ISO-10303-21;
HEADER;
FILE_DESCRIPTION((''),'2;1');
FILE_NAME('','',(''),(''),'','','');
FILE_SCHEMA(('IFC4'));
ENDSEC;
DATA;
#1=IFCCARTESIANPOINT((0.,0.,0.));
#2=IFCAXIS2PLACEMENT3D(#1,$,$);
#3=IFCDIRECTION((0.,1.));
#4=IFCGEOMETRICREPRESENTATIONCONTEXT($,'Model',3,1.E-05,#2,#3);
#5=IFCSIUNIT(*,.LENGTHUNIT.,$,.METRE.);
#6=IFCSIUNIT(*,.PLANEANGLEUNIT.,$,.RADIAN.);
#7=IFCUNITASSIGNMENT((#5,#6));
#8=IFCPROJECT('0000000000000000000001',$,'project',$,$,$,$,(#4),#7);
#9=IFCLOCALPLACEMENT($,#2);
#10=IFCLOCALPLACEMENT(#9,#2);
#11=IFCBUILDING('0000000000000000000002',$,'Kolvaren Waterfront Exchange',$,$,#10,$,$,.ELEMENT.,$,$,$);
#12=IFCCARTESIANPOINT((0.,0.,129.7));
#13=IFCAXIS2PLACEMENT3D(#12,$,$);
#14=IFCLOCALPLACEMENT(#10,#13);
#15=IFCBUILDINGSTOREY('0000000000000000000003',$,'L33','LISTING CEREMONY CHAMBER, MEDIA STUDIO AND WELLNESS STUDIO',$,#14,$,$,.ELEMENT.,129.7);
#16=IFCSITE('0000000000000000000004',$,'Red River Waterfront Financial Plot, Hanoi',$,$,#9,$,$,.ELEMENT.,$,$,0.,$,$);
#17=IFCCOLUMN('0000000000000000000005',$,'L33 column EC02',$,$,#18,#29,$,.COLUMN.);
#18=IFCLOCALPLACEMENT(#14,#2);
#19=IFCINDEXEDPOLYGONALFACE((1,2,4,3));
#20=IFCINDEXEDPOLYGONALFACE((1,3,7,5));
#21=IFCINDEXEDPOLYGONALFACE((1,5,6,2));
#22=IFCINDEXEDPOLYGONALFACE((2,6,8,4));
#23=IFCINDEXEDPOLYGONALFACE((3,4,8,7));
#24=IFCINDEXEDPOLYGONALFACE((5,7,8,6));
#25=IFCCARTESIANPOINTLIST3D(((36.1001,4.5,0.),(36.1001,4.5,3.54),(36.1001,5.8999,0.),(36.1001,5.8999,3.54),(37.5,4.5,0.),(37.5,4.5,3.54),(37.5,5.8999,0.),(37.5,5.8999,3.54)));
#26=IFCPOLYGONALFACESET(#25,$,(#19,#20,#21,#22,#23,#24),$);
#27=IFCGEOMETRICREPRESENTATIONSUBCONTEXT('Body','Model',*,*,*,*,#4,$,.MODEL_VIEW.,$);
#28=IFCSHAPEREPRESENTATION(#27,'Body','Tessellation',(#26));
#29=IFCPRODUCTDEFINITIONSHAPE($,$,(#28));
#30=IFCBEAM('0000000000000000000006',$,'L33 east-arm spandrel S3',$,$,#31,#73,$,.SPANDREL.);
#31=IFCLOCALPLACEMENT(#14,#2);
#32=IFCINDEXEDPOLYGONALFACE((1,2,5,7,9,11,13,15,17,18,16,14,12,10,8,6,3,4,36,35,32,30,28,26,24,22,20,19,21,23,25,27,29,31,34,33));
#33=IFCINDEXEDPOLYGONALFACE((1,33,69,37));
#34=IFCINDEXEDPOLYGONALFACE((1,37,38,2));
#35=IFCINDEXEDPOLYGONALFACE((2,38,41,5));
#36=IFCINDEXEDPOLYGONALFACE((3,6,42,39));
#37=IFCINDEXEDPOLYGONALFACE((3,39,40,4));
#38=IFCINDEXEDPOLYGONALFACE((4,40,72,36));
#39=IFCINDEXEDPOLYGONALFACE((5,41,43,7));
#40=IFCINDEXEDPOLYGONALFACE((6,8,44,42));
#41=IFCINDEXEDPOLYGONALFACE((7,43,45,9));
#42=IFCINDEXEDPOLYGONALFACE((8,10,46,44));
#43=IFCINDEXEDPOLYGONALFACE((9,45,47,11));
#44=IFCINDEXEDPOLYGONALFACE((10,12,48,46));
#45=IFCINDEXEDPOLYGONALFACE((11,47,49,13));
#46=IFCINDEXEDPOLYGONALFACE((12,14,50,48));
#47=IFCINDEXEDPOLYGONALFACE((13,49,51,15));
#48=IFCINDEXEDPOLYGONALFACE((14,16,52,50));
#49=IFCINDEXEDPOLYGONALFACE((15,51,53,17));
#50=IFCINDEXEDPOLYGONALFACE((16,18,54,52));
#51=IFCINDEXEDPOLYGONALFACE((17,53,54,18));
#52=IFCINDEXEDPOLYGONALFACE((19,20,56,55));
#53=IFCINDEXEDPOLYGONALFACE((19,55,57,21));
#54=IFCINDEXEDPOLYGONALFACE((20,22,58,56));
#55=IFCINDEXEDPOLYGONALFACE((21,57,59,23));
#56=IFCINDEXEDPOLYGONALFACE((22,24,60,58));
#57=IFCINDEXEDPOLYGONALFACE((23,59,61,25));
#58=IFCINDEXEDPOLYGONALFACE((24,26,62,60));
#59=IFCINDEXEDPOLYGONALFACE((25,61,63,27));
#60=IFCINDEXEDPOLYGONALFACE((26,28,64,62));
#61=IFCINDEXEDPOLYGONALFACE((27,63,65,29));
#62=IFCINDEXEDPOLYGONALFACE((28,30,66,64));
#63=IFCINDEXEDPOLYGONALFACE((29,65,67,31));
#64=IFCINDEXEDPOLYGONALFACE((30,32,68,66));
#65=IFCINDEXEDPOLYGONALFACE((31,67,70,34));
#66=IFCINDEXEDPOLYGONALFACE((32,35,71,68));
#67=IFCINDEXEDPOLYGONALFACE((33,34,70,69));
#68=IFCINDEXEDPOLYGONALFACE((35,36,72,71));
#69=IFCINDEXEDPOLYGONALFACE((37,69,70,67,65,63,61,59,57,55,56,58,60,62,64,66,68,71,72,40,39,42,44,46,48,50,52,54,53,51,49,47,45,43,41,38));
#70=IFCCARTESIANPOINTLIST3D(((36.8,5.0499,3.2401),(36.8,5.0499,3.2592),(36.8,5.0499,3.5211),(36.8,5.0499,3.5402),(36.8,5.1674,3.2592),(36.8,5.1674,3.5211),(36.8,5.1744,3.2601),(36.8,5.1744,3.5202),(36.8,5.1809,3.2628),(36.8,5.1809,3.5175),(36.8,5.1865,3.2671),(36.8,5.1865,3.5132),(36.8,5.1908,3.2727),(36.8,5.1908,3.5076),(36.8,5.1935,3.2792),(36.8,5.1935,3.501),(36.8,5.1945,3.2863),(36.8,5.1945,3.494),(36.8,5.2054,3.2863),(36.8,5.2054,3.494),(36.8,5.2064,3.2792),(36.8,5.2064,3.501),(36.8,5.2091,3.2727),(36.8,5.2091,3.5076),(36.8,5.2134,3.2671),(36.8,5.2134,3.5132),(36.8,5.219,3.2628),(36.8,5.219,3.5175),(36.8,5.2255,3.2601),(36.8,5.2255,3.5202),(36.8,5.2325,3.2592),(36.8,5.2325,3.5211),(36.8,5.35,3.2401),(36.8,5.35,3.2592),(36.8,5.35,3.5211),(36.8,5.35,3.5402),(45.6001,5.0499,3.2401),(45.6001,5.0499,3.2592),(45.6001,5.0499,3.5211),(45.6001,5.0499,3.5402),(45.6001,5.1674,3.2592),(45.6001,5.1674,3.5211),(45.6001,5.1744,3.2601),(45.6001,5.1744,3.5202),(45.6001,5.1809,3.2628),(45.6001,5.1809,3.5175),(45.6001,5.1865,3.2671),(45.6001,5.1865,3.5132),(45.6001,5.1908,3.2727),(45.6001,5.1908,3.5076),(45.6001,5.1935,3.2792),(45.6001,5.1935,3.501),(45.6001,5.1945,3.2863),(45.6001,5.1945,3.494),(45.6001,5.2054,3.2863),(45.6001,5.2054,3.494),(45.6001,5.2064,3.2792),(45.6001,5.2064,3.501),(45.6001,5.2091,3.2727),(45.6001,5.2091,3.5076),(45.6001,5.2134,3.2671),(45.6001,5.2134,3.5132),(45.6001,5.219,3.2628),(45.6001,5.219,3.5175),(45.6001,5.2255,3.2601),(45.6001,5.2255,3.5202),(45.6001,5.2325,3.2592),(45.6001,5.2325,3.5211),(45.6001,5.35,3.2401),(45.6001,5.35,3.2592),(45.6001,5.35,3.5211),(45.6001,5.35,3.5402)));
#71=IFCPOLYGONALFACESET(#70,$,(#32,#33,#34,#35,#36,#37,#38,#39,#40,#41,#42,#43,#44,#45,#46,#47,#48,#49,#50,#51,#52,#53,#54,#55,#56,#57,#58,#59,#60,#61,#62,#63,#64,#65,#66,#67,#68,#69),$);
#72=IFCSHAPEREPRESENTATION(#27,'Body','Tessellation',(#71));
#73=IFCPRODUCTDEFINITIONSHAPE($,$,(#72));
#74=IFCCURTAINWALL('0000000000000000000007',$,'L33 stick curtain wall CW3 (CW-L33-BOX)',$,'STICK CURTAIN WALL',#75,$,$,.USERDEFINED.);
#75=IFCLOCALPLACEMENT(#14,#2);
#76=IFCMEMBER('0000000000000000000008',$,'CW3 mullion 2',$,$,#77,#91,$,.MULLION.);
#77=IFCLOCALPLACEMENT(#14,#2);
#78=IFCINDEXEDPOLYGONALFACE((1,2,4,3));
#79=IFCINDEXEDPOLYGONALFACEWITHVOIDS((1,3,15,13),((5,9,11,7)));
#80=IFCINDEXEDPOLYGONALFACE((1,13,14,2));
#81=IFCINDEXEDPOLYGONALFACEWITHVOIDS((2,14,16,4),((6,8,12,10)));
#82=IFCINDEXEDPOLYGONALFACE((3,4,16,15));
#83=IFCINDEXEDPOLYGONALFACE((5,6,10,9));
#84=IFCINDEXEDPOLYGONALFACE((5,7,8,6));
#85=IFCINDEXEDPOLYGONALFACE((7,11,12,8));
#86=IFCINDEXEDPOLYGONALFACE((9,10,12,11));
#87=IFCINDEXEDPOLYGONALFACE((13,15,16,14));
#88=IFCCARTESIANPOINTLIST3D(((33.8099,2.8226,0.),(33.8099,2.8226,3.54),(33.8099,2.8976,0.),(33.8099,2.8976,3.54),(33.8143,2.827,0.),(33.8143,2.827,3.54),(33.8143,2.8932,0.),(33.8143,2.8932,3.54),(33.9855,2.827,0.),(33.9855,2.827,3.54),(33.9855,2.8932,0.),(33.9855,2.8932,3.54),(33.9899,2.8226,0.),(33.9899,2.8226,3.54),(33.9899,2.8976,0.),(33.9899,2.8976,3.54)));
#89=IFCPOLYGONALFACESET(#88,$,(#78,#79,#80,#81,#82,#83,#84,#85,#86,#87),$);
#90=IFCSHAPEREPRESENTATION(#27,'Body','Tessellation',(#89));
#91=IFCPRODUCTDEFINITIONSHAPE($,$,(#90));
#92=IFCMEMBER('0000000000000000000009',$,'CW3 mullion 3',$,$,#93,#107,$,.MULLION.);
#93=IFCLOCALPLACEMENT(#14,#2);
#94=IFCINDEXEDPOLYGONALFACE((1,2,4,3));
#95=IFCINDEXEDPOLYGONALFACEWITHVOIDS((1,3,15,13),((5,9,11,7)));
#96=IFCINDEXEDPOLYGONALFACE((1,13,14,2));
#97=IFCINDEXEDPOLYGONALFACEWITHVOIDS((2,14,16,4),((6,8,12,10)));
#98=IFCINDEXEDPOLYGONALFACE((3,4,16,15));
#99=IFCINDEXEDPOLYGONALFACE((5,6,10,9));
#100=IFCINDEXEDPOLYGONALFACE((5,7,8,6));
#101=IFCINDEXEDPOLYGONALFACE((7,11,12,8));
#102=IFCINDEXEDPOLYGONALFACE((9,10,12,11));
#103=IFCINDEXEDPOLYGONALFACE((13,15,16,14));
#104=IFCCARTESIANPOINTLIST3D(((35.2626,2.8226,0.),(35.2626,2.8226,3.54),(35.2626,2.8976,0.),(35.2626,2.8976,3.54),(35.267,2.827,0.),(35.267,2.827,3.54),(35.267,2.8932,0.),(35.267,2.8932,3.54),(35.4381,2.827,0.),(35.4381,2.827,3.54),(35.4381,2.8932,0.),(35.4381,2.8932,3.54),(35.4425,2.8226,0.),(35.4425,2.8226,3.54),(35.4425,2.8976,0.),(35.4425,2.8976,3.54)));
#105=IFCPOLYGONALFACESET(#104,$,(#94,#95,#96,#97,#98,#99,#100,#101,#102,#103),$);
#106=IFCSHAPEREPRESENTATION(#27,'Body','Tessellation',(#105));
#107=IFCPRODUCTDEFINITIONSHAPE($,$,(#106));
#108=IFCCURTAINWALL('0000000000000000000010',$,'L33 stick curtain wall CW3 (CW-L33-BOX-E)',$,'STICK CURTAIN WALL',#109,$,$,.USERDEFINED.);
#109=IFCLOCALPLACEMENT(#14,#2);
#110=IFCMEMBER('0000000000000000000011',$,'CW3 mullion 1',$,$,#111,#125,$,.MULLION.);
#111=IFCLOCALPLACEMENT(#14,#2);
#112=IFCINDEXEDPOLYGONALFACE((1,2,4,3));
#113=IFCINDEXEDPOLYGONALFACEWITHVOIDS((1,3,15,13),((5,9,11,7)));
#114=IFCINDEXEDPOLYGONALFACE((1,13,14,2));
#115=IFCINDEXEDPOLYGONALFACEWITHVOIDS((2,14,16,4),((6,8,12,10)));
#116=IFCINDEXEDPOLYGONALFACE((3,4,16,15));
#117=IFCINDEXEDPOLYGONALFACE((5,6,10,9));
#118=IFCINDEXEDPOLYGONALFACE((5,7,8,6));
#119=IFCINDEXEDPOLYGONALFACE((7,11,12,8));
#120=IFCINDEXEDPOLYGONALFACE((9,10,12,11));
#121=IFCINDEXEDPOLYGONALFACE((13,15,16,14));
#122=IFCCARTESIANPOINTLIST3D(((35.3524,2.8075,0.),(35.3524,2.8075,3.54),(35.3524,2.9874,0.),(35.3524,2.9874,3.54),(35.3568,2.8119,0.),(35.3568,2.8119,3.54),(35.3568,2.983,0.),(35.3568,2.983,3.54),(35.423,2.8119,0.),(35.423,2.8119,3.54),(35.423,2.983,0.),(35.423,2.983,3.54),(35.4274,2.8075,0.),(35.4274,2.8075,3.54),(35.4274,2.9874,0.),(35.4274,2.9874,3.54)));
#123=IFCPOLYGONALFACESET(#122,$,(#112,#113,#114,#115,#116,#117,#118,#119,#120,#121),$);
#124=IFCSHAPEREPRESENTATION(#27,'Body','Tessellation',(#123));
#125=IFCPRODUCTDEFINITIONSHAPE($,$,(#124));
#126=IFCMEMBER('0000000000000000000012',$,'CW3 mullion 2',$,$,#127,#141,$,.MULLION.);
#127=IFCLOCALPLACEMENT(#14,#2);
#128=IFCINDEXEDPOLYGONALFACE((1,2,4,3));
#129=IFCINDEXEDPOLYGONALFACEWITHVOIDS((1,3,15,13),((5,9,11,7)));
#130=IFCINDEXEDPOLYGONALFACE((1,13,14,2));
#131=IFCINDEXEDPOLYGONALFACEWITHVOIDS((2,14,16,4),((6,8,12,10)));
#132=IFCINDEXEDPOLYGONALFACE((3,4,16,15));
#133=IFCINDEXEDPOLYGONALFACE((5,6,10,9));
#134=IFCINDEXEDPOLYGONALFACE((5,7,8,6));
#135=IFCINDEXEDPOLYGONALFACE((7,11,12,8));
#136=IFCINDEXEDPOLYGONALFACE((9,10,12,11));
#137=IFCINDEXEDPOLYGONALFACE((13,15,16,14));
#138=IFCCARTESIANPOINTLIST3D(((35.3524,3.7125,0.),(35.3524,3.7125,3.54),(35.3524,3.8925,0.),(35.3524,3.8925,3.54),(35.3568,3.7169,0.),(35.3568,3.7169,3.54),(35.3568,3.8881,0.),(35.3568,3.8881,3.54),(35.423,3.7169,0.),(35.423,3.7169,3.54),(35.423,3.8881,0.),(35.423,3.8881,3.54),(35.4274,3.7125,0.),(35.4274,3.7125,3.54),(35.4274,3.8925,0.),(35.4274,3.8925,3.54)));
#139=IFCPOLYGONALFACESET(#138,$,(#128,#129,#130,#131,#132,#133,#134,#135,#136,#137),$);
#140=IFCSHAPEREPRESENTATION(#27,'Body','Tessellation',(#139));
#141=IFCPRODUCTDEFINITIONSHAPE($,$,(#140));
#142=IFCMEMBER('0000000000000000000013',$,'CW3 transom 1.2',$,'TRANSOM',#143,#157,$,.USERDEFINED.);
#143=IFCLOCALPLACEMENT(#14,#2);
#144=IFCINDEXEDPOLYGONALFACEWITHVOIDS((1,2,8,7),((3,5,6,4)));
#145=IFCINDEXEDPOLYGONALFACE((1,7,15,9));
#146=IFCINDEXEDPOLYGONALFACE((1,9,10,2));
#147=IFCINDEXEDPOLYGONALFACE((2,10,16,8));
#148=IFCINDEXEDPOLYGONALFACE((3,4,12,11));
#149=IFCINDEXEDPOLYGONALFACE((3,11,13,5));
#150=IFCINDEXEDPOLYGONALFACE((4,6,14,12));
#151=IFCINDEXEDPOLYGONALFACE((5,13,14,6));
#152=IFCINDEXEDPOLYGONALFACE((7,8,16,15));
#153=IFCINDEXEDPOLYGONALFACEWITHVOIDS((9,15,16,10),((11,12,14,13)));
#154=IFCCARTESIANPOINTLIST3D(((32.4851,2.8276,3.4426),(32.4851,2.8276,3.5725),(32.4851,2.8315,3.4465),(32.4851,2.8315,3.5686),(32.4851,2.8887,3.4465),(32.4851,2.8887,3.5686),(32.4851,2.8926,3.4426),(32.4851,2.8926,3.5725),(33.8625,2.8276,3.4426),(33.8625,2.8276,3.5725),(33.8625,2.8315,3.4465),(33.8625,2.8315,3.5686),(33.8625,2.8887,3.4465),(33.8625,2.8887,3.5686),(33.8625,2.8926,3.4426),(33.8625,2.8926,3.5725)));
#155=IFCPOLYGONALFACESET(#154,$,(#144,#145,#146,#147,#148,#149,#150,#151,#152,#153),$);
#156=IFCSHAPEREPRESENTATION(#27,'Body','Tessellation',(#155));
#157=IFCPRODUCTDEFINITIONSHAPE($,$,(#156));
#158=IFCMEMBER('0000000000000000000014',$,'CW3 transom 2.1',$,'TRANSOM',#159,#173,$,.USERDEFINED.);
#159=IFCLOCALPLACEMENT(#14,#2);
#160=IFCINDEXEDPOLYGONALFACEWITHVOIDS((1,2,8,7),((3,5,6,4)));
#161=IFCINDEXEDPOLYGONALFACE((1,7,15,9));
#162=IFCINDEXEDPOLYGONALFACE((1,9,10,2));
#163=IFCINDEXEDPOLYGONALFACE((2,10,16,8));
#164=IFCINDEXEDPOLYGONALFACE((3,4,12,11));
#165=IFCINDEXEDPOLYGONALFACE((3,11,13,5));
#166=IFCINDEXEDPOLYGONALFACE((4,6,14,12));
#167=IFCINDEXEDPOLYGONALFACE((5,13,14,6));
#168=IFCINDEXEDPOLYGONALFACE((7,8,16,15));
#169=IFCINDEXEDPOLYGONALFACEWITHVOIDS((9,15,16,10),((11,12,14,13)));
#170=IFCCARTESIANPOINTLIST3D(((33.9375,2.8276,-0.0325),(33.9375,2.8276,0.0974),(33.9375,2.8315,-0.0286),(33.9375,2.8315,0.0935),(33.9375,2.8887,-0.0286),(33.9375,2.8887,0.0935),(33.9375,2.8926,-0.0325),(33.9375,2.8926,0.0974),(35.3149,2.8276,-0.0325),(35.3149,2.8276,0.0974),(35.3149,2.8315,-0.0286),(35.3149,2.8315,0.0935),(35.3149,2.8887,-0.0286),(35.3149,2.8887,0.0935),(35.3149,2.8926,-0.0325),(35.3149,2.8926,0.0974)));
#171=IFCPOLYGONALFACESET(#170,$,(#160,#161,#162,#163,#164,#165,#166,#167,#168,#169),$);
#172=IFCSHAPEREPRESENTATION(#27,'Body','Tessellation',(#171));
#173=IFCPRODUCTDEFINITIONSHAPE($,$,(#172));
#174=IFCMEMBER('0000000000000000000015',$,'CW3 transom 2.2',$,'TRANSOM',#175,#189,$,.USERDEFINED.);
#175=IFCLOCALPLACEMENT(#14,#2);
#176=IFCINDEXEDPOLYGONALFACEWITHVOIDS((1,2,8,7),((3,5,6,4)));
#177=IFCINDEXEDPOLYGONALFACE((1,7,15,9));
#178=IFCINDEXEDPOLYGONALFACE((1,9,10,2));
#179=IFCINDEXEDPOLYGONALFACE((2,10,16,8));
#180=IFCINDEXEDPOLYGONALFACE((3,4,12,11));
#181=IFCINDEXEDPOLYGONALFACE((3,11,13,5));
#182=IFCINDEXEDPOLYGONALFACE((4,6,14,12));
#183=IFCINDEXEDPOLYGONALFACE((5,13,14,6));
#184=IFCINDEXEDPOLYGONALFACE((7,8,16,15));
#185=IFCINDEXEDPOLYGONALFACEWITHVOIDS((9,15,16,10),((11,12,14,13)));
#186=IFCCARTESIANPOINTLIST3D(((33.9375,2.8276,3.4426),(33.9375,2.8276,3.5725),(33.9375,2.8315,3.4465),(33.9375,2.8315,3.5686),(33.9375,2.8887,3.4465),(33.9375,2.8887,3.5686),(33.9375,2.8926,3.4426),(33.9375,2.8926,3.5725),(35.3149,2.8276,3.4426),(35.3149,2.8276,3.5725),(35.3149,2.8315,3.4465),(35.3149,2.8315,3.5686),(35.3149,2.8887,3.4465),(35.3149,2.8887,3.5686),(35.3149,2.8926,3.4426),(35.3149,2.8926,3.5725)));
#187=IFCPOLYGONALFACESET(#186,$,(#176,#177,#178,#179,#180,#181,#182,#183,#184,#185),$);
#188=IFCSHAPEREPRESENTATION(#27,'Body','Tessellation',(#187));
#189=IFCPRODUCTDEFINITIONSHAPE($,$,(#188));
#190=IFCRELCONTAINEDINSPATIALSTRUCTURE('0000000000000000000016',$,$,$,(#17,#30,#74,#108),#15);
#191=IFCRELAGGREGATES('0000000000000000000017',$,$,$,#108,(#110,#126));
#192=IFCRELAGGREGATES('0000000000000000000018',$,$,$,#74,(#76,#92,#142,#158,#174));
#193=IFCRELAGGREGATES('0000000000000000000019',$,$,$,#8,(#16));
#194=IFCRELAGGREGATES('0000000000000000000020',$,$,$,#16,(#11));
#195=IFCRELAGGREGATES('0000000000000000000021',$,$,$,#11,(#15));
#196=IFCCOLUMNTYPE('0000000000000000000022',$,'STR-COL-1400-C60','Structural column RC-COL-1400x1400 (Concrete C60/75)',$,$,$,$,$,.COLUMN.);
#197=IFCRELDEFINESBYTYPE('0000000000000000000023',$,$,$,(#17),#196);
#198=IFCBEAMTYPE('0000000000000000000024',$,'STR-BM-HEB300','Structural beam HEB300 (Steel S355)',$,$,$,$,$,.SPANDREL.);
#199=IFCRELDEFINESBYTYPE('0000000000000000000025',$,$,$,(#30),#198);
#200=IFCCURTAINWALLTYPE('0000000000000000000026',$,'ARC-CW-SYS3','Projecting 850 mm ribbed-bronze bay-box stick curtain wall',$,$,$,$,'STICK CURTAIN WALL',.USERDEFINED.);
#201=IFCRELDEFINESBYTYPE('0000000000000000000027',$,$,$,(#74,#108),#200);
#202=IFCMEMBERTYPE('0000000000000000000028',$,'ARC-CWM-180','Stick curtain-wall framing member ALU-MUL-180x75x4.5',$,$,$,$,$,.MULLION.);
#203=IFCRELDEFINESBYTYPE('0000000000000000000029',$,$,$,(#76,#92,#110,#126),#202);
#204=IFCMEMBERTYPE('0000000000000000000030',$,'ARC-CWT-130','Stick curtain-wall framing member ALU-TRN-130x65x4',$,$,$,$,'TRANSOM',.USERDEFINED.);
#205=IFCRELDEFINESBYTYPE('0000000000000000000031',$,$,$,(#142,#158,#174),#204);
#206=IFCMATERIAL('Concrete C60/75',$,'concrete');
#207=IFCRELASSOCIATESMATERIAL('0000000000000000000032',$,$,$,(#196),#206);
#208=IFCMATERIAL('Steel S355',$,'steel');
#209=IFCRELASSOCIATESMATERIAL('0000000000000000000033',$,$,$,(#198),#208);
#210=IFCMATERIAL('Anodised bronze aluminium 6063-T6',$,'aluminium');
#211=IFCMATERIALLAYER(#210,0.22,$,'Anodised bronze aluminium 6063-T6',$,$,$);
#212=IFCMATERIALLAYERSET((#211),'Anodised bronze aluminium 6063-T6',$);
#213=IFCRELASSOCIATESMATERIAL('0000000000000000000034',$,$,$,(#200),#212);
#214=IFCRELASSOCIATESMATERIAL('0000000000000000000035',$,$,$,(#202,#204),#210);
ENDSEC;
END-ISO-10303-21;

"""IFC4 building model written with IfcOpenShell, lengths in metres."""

from ifc_helpers import new_model, si_unit, direction, frame, origin, origin_with_axes, origin_2d, place, context, subcontext, project, spatial, rectangle, hollow_rectangle, i_section, extrude, source, transform, mapped, material, layer, layer_set, material_profile, profile_set, type_object, element, aggregate, save


model = new_model("IFC4")

# Units and contexts
model_context = context("Model", 3, precision=1e-05, world=origin(), true_north=direction((0.0, 1.0)))
body_context = subcontext(model_context, "Body", "Model", "MODEL_VIEW")
ifc_project = project(units=[si_unit("LENGTHUNIT", "METRE"), si_unit("PLANEANGLEUNIT", "RADIAN")], contexts=[model_context])

# Site, building, storey
site_placement = place(None, origin())
site = spatial("IfcSite", under=ifc_project, at=site_placement, Name="Red River Waterfront Financial Plot, Hanoi", CompositionType="ELEMENT", RefElevation=0.0)
building_placement = place(site_placement, origin())
building = spatial("IfcBuilding", under=site, at=building_placement, Name="Kolvaren Waterfront Exchange", CompositionType="ELEMENT")
storey_placement = place(building_placement, frame((0.0, 0.0, 129.7)))
storey = spatial("IfcBuildingStorey", under=building, at=storey_placement, Name="L33", Description="LISTING CEREMONY CHAMBER, MEDIA STUDIO AND WELLNESS STUDIO", CompositionType="ELEMENT", Elevation=129.7)

# Column
ifc_material_1 = material(Name="Concrete C60/75", Category="concrete")
ifc_material_profile_1 = material_profile(ifc_material_1, rectangle(XDim=1.3999, YDim=1.3999, at=origin_2d()), Name="RC-COL-1400x1400")
ifc_profile_set_1 = profile_set([ifc_material_profile_1], Name="Concrete C60/75")
column_type = type_object("IfcColumnType", Name="STR-COL-1400-C60", Description="Structural column RC-COL-1400x1400 (Concrete C60/75)", PredefinedType="COLUMN", material=ifc_profile_set_1)
column_placement = place(storey_placement, frame((36.8, 5.2, 0.0), z_axis=(0.0, 0.0, 1.0), x_axis=(1.0, 0.0, 0.0)))
element("IfcColumn", 1, at=column_placement, inside=storey, type_object=column_type, Name="L33 column EC02", PredefinedType="COLUMN", context=body_context, shape_type="SweptSolid", body=[
    extrude(rectangle(XDim=1.3999, YDim=1.3999, at=origin_2d()), origin(), (0.0, 0.0, 1.0), 3.54),
])

# Beam
ifc_material_2 = material(Name="Steel S355", Category="steel")
ifc_material_profile_2 = material_profile(ifc_material_2, i_section(OverallWidth=0.3, OverallDepth=0.3, WebThickness=0.011, FlangeThickness=0.019, FilletRadius=0.0271, at=origin_2d()), Name="HEB300")
ifc_profile_set_2 = profile_set([ifc_material_profile_2], Name="Steel S355")
beam_type = type_object("IfcBeamType", Name="STR-BM-HEB300", Description="Structural beam HEB300 (Steel S355)", PredefinedType="SPANDREL", material=ifc_profile_set_2)
beam_placement = place(storey_placement, frame((36.8, 5.2, 3.3901), z_axis=(1.0, 0.0, 0.0), x_axis=(0.0, 1.0, 0.0)))
element("IfcBeam", 2, at=beam_placement, inside=storey, type_object=beam_type, Name="L33 east-arm spandrel S3", PredefinedType="SPANDREL", context=body_context, shape_type="SweptSolid", body=[
    extrude(i_section(OverallWidth=0.3, OverallDepth=0.3, WebThickness=0.011, FlangeThickness=0.019, FilletRadius=0.0271, at=origin_2d()), origin(), (0.0, 0.0, 1.0), 8.8),
])

# Curtain walls, members
ifc_material_3 = material(Name="Anodised bronze aluminium 6063-T6", Category="aluminium")
ifc_layer_1 = layer(ifc_material_3, 0.22, Name="Anodised bronze aluminium 6063-T6")
ifc_layer_set_1 = layer_set([ifc_layer_1], Name="Anodised bronze aluminium 6063-T6")
curtain_wall_type_1 = type_object("IfcCurtainWallType", Name="ARC-CW-SYS3", Description="Projecting 850 mm ribbed-bronze bay-box stick curtain wall", ElementType="STICK CURTAIN WALL", PredefinedType="USERDEFINED", material=ifc_layer_set_1)
curtain_wall_1_placement = place(storey_placement, origin())
curtain_wall_1 = element("IfcCurtainWall", 3, at=curtain_wall_1_placement, inside=storey, type_object=curtain_wall_type_1, Name="L33 stick curtain wall CW3 (CW-L33-BOX)", ObjectType="STICK CURTAIN WALL", PredefinedType="USERDEFINED")
ifc_material_profile_3 = material_profile(ifc_material_3, hollow_rectangle(XDim=0.075, YDim=0.1799, WallThickness=0.0044, at=origin_2d()), Name="ALU-MUL-180x75x4.5")
ifc_profile_set_3 = profile_set([ifc_material_profile_3], Name="Anodised bronze aluminium 6063-T6")
member_type_1 = type_object("IfcMemberType", Name="ARC-CWM-180", Description="Stick curtain-wall framing member ALU-MUL-180x75x4.5", PredefinedType="MULLION", material=ifc_profile_set_3)
shared_shape_1 = source(origin_with_axes(), body_context, "Body", "SweptSolid", [
    extrude(hollow_rectangle(XDim=0.075, YDim=0.1799, WallThickness=0.0044, at=origin_2d()), origin(), (0.0, 0.0, 1.0), 3.54),
])
member_1_placement = place(storey_placement, frame((33.8999, 2.8601, 0.0), z_axis=(0.0, 0.0, 1.0), x_axis=(0.0, 1.0, 0.0)))
member_1 = element("IfcMember", 4, at=member_1_placement, type_object=member_type_1, Name="CW3 mullion 2", PredefinedType="MULLION", context=body_context, shape_type="MappedRepresentation", body=[
    mapped(shared_shape_1, transform((0.0, 0.0, 0.0), x_axis=(1.0, 0.0, 0.0), y_axis=(0.0, 1.0, 0.0), z_axis=(0.0, 0.0, 1.0), scale=1.0)),
])
member_2_placement = place(storey_placement, frame((35.3525, 2.8601, 0.0), z_axis=(0.0, 0.0, 1.0), x_axis=(0.0, 1.0, 0.0)))
member_2 = element("IfcMember", 5, at=member_2_placement, type_object=member_type_1, Name="CW3 mullion 3", PredefinedType="MULLION", context=body_context, shape_type="MappedRepresentation", body=[
    mapped(shared_shape_1, transform((0.0, 0.0, 0.0), x_axis=(1.0, 0.0, 0.0), y_axis=(0.0, 1.0, 0.0), z_axis=(0.0, 0.0, 1.0), scale=1.0)),
])
curtain_wall_2_placement = place(storey_placement, origin())
curtain_wall_2 = element("IfcCurtainWall", 6, at=curtain_wall_2_placement, inside=storey, type_object=curtain_wall_type_1, Name="L33 stick curtain wall CW3 (CW-L33-BOX-E)", ObjectType="STICK CURTAIN WALL", PredefinedType="USERDEFINED")
member_3_placement = place(storey_placement, frame((35.3899, 2.8975, 0.0), z_axis=(0.0, 0.0, 1.0), x_axis=(-1.0, 0.0, 0.0)))
member_3 = element("IfcMember", 7, at=member_3_placement, type_object=member_type_1, Name="CW3 mullion 1", PredefinedType="MULLION", context=body_context, shape_type="MappedRepresentation", body=[
    mapped(shared_shape_1, transform((0.0, 0.0, 0.0), x_axis=(1.0, 0.0, 0.0), y_axis=(0.0, 1.0, 0.0), z_axis=(0.0, 0.0, 1.0), scale=1.0)),
])
member_4_placement = place(storey_placement, frame((35.3899, 3.8025, 0.0), z_axis=(0.0, 0.0, 1.0), x_axis=(-1.0, 0.0, 0.0)))
member_4 = element("IfcMember", 8, at=member_4_placement, type_object=member_type_1, Name="CW3 mullion 2", PredefinedType="MULLION", context=body_context, shape_type="MappedRepresentation", body=[
    mapped(shared_shape_1, transform((0.0, 0.0, 0.0), x_axis=(1.0, 0.0, 0.0), y_axis=(0.0, 1.0, 0.0), z_axis=(0.0, 0.0, 1.0), scale=1.0)),
])

# Members
ifc_material_profile_4 = material_profile(ifc_material_3, hollow_rectangle(XDim=0.0649, YDim=0.1299, WallThickness=0.0039, at=origin_2d()), Name="ALU-TRN-130x65x4")
ifc_profile_set_4 = profile_set([ifc_material_profile_4], Name="Anodised bronze aluminium 6063-T6")
member_type_2 = type_object("IfcMemberType", Name="ARC-CWT-130", Description="Stick curtain-wall framing member ALU-TRN-130x65x4", ElementType="TRANSOM", PredefinedType="USERDEFINED", material=ifc_profile_set_4)
shared_shape_2 = source(origin_with_axes(), body_context, "Body", "SweptSolid", [
    extrude(hollow_rectangle(XDim=0.0649, YDim=0.1299, WallThickness=0.0039, at=origin_2d()), origin(), (0.0, 0.0, 1.0), 1.3774),
])
member_5_placement = place(storey_placement, frame((32.4851, 2.8601, 3.5076), z_axis=(1.0, 0.0, 0.0), x_axis=(0.0, 1.0, 0.0)))
member_5 = element("IfcMember", 9, at=member_5_placement, type_object=member_type_2, Name="CW3 transom 1.2", ObjectType="TRANSOM", PredefinedType="USERDEFINED", context=body_context, shape_type="MappedRepresentation", body=[
    mapped(shared_shape_2, transform((0.0, 0.0, 0.0), x_axis=(1.0, 0.0, 0.0), y_axis=(0.0, 1.0, 0.0), z_axis=(0.0, 0.0, 1.0), scale=1.0)),
])
member_6_placement = place(storey_placement, frame((33.9375, 2.8601, 0.0325), z_axis=(1.0, 0.0, 0.0), x_axis=(0.0, 1.0, 0.0)))
member_6 = element("IfcMember", 10, at=member_6_placement, type_object=member_type_2, Name="CW3 transom 2.1", ObjectType="TRANSOM", PredefinedType="USERDEFINED", context=body_context, shape_type="MappedRepresentation", body=[
    mapped(shared_shape_2, transform((0.0, 0.0, 0.0), x_axis=(1.0, 0.0, 0.0), y_axis=(0.0, 1.0, 0.0), z_axis=(0.0, 0.0, 1.0), scale=1.0)),
])
member_7_placement = place(storey_placement, frame((33.9375, 2.8601, 3.5076), z_axis=(1.0, 0.0, 0.0), x_axis=(0.0, 1.0, 0.0)))
member_7 = element("IfcMember", 11, at=member_7_placement, type_object=member_type_2, Name="CW3 transom 2.2", ObjectType="TRANSOM", PredefinedType="USERDEFINED", context=body_context, shape_type="MappedRepresentation", body=[
    mapped(shared_shape_2, transform((0.0, 0.0, 0.0), x_axis=(1.0, 0.0, 0.0), y_axis=(0.0, 1.0, 0.0), z_axis=(0.0, 0.0, 1.0), scale=1.0)),
])

aggregate(curtain_wall_2, [member_3, member_4])
aggregate(curtain_wall_1, [member_1, member_2, member_5, member_6, member_7])

save(model, "model.ifc")
